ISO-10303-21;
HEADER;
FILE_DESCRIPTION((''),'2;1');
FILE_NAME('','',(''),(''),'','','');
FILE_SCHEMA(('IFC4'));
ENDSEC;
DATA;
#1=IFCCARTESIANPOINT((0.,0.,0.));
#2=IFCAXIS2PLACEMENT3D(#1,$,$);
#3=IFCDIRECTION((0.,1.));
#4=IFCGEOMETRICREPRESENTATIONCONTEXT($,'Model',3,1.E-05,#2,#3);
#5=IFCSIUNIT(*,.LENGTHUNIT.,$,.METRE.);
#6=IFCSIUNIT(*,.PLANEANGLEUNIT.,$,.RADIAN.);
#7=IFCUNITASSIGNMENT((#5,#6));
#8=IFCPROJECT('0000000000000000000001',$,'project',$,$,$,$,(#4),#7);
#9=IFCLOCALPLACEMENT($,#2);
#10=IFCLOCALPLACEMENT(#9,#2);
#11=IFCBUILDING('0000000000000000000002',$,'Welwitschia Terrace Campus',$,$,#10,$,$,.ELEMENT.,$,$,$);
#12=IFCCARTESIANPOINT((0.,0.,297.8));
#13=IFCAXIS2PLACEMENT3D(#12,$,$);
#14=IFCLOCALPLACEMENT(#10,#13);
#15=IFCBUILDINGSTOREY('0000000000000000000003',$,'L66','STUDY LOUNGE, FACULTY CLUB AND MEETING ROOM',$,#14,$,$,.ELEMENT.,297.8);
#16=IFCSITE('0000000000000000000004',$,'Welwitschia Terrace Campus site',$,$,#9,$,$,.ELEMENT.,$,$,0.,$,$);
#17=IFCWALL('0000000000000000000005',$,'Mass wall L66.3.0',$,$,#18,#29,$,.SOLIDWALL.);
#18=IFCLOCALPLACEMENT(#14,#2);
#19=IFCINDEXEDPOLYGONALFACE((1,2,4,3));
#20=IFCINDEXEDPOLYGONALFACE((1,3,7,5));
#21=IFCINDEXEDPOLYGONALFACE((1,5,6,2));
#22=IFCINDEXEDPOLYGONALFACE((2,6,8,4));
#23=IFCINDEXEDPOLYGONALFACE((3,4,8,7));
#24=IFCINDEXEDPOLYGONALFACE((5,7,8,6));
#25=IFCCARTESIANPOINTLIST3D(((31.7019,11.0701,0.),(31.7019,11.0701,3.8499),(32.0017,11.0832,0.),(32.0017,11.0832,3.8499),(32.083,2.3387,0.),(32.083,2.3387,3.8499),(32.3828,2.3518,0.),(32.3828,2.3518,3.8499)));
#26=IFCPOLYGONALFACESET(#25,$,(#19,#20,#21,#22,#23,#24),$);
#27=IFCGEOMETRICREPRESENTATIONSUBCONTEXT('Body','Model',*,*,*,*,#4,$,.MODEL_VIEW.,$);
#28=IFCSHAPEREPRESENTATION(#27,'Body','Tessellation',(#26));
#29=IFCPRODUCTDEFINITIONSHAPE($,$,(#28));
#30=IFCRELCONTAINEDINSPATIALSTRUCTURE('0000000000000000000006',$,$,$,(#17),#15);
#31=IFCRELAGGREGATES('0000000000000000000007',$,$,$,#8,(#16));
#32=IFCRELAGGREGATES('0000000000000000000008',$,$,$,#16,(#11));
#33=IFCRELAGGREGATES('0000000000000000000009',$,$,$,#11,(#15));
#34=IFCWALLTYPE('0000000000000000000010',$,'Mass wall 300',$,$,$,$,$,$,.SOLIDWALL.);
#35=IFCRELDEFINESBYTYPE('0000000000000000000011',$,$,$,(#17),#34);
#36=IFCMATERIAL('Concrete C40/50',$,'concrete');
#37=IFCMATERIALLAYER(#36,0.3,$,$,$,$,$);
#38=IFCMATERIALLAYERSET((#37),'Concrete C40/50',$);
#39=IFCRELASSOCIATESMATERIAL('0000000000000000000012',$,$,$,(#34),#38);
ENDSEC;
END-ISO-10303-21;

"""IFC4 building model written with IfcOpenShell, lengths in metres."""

from ifc_helpers import new_model, si_unit, direction, frame, frame_2d, origin, place, context, subcontext, project, spatial, rectangle, extrude, material, layer, layer_set, type_object, element, save


model = new_model("IFC4")

# Units and contexts
model_context = context("Model", 3, precision=1e-05, world=origin(), true_north=direction((0.0, 1.0)))
body_context = subcontext(model_context, "Body", "Model", "MODEL_VIEW")
ifc_project = project(units=[si_unit("LENGTHUNIT", "METRE"), si_unit("PLANEANGLEUNIT", "RADIAN")], contexts=[model_context])

# Site, building, storey
site_placement = place(None, origin())
site = spatial("IfcSite", under=ifc_project, at=site_placement, Name="Welwitschia Terrace Campus site", CompositionType="ELEMENT", RefElevation=0.0)
building_placement = place(site_placement, origin())
building = spatial("IfcBuilding", under=site, at=building_placement, Name="Welwitschia Terrace Campus", CompositionType="ELEMENT")
storey_placement = place(building_placement, frame((0.0, 0.0, 297.8)))
storey = spatial("IfcBuildingStorey", under=building, at=storey_placement, Name="L66", Description="STUDY LOUNGE, FACULTY CLUB AND MEETING ROOM", CompositionType="ELEMENT", Elevation=297.8)

# Wall
ifc_material_1 = material(Name="Concrete C40/50", Category="concrete")
ifc_layer_1 = layer(ifc_material_1, 0.3)
ifc_layer_set_1 = layer_set([ifc_layer_1], Name="Concrete C40/50")
wall_type_1 = type_object("IfcWallType", Name="Mass wall 300", PredefinedType="SOLIDWALL", material=ifc_layer_set_1)
wall_1_placement = place(storey_placement, frame((32.2329, 2.3452, 0.0), z_axis=(0.0, 0.0, 1.0), x_axis=(-0.043606, 0.999049, 0.0)))
element("IfcWall", 1, at=wall_1_placement, inside=storey, type_object=wall_type_1, Name="Mass wall L66.3.0", PredefinedType="SOLIDWALL", context=body_context, shape_type="SweptSolid", body=[
    extrude(rectangle(XDim=8.7397, YDim=0.3, at=frame_2d((4.3699, 0.0))), origin(), (0.0, 0.0, 1.0), 3.8499),
])

save(model, "model.ifc")
